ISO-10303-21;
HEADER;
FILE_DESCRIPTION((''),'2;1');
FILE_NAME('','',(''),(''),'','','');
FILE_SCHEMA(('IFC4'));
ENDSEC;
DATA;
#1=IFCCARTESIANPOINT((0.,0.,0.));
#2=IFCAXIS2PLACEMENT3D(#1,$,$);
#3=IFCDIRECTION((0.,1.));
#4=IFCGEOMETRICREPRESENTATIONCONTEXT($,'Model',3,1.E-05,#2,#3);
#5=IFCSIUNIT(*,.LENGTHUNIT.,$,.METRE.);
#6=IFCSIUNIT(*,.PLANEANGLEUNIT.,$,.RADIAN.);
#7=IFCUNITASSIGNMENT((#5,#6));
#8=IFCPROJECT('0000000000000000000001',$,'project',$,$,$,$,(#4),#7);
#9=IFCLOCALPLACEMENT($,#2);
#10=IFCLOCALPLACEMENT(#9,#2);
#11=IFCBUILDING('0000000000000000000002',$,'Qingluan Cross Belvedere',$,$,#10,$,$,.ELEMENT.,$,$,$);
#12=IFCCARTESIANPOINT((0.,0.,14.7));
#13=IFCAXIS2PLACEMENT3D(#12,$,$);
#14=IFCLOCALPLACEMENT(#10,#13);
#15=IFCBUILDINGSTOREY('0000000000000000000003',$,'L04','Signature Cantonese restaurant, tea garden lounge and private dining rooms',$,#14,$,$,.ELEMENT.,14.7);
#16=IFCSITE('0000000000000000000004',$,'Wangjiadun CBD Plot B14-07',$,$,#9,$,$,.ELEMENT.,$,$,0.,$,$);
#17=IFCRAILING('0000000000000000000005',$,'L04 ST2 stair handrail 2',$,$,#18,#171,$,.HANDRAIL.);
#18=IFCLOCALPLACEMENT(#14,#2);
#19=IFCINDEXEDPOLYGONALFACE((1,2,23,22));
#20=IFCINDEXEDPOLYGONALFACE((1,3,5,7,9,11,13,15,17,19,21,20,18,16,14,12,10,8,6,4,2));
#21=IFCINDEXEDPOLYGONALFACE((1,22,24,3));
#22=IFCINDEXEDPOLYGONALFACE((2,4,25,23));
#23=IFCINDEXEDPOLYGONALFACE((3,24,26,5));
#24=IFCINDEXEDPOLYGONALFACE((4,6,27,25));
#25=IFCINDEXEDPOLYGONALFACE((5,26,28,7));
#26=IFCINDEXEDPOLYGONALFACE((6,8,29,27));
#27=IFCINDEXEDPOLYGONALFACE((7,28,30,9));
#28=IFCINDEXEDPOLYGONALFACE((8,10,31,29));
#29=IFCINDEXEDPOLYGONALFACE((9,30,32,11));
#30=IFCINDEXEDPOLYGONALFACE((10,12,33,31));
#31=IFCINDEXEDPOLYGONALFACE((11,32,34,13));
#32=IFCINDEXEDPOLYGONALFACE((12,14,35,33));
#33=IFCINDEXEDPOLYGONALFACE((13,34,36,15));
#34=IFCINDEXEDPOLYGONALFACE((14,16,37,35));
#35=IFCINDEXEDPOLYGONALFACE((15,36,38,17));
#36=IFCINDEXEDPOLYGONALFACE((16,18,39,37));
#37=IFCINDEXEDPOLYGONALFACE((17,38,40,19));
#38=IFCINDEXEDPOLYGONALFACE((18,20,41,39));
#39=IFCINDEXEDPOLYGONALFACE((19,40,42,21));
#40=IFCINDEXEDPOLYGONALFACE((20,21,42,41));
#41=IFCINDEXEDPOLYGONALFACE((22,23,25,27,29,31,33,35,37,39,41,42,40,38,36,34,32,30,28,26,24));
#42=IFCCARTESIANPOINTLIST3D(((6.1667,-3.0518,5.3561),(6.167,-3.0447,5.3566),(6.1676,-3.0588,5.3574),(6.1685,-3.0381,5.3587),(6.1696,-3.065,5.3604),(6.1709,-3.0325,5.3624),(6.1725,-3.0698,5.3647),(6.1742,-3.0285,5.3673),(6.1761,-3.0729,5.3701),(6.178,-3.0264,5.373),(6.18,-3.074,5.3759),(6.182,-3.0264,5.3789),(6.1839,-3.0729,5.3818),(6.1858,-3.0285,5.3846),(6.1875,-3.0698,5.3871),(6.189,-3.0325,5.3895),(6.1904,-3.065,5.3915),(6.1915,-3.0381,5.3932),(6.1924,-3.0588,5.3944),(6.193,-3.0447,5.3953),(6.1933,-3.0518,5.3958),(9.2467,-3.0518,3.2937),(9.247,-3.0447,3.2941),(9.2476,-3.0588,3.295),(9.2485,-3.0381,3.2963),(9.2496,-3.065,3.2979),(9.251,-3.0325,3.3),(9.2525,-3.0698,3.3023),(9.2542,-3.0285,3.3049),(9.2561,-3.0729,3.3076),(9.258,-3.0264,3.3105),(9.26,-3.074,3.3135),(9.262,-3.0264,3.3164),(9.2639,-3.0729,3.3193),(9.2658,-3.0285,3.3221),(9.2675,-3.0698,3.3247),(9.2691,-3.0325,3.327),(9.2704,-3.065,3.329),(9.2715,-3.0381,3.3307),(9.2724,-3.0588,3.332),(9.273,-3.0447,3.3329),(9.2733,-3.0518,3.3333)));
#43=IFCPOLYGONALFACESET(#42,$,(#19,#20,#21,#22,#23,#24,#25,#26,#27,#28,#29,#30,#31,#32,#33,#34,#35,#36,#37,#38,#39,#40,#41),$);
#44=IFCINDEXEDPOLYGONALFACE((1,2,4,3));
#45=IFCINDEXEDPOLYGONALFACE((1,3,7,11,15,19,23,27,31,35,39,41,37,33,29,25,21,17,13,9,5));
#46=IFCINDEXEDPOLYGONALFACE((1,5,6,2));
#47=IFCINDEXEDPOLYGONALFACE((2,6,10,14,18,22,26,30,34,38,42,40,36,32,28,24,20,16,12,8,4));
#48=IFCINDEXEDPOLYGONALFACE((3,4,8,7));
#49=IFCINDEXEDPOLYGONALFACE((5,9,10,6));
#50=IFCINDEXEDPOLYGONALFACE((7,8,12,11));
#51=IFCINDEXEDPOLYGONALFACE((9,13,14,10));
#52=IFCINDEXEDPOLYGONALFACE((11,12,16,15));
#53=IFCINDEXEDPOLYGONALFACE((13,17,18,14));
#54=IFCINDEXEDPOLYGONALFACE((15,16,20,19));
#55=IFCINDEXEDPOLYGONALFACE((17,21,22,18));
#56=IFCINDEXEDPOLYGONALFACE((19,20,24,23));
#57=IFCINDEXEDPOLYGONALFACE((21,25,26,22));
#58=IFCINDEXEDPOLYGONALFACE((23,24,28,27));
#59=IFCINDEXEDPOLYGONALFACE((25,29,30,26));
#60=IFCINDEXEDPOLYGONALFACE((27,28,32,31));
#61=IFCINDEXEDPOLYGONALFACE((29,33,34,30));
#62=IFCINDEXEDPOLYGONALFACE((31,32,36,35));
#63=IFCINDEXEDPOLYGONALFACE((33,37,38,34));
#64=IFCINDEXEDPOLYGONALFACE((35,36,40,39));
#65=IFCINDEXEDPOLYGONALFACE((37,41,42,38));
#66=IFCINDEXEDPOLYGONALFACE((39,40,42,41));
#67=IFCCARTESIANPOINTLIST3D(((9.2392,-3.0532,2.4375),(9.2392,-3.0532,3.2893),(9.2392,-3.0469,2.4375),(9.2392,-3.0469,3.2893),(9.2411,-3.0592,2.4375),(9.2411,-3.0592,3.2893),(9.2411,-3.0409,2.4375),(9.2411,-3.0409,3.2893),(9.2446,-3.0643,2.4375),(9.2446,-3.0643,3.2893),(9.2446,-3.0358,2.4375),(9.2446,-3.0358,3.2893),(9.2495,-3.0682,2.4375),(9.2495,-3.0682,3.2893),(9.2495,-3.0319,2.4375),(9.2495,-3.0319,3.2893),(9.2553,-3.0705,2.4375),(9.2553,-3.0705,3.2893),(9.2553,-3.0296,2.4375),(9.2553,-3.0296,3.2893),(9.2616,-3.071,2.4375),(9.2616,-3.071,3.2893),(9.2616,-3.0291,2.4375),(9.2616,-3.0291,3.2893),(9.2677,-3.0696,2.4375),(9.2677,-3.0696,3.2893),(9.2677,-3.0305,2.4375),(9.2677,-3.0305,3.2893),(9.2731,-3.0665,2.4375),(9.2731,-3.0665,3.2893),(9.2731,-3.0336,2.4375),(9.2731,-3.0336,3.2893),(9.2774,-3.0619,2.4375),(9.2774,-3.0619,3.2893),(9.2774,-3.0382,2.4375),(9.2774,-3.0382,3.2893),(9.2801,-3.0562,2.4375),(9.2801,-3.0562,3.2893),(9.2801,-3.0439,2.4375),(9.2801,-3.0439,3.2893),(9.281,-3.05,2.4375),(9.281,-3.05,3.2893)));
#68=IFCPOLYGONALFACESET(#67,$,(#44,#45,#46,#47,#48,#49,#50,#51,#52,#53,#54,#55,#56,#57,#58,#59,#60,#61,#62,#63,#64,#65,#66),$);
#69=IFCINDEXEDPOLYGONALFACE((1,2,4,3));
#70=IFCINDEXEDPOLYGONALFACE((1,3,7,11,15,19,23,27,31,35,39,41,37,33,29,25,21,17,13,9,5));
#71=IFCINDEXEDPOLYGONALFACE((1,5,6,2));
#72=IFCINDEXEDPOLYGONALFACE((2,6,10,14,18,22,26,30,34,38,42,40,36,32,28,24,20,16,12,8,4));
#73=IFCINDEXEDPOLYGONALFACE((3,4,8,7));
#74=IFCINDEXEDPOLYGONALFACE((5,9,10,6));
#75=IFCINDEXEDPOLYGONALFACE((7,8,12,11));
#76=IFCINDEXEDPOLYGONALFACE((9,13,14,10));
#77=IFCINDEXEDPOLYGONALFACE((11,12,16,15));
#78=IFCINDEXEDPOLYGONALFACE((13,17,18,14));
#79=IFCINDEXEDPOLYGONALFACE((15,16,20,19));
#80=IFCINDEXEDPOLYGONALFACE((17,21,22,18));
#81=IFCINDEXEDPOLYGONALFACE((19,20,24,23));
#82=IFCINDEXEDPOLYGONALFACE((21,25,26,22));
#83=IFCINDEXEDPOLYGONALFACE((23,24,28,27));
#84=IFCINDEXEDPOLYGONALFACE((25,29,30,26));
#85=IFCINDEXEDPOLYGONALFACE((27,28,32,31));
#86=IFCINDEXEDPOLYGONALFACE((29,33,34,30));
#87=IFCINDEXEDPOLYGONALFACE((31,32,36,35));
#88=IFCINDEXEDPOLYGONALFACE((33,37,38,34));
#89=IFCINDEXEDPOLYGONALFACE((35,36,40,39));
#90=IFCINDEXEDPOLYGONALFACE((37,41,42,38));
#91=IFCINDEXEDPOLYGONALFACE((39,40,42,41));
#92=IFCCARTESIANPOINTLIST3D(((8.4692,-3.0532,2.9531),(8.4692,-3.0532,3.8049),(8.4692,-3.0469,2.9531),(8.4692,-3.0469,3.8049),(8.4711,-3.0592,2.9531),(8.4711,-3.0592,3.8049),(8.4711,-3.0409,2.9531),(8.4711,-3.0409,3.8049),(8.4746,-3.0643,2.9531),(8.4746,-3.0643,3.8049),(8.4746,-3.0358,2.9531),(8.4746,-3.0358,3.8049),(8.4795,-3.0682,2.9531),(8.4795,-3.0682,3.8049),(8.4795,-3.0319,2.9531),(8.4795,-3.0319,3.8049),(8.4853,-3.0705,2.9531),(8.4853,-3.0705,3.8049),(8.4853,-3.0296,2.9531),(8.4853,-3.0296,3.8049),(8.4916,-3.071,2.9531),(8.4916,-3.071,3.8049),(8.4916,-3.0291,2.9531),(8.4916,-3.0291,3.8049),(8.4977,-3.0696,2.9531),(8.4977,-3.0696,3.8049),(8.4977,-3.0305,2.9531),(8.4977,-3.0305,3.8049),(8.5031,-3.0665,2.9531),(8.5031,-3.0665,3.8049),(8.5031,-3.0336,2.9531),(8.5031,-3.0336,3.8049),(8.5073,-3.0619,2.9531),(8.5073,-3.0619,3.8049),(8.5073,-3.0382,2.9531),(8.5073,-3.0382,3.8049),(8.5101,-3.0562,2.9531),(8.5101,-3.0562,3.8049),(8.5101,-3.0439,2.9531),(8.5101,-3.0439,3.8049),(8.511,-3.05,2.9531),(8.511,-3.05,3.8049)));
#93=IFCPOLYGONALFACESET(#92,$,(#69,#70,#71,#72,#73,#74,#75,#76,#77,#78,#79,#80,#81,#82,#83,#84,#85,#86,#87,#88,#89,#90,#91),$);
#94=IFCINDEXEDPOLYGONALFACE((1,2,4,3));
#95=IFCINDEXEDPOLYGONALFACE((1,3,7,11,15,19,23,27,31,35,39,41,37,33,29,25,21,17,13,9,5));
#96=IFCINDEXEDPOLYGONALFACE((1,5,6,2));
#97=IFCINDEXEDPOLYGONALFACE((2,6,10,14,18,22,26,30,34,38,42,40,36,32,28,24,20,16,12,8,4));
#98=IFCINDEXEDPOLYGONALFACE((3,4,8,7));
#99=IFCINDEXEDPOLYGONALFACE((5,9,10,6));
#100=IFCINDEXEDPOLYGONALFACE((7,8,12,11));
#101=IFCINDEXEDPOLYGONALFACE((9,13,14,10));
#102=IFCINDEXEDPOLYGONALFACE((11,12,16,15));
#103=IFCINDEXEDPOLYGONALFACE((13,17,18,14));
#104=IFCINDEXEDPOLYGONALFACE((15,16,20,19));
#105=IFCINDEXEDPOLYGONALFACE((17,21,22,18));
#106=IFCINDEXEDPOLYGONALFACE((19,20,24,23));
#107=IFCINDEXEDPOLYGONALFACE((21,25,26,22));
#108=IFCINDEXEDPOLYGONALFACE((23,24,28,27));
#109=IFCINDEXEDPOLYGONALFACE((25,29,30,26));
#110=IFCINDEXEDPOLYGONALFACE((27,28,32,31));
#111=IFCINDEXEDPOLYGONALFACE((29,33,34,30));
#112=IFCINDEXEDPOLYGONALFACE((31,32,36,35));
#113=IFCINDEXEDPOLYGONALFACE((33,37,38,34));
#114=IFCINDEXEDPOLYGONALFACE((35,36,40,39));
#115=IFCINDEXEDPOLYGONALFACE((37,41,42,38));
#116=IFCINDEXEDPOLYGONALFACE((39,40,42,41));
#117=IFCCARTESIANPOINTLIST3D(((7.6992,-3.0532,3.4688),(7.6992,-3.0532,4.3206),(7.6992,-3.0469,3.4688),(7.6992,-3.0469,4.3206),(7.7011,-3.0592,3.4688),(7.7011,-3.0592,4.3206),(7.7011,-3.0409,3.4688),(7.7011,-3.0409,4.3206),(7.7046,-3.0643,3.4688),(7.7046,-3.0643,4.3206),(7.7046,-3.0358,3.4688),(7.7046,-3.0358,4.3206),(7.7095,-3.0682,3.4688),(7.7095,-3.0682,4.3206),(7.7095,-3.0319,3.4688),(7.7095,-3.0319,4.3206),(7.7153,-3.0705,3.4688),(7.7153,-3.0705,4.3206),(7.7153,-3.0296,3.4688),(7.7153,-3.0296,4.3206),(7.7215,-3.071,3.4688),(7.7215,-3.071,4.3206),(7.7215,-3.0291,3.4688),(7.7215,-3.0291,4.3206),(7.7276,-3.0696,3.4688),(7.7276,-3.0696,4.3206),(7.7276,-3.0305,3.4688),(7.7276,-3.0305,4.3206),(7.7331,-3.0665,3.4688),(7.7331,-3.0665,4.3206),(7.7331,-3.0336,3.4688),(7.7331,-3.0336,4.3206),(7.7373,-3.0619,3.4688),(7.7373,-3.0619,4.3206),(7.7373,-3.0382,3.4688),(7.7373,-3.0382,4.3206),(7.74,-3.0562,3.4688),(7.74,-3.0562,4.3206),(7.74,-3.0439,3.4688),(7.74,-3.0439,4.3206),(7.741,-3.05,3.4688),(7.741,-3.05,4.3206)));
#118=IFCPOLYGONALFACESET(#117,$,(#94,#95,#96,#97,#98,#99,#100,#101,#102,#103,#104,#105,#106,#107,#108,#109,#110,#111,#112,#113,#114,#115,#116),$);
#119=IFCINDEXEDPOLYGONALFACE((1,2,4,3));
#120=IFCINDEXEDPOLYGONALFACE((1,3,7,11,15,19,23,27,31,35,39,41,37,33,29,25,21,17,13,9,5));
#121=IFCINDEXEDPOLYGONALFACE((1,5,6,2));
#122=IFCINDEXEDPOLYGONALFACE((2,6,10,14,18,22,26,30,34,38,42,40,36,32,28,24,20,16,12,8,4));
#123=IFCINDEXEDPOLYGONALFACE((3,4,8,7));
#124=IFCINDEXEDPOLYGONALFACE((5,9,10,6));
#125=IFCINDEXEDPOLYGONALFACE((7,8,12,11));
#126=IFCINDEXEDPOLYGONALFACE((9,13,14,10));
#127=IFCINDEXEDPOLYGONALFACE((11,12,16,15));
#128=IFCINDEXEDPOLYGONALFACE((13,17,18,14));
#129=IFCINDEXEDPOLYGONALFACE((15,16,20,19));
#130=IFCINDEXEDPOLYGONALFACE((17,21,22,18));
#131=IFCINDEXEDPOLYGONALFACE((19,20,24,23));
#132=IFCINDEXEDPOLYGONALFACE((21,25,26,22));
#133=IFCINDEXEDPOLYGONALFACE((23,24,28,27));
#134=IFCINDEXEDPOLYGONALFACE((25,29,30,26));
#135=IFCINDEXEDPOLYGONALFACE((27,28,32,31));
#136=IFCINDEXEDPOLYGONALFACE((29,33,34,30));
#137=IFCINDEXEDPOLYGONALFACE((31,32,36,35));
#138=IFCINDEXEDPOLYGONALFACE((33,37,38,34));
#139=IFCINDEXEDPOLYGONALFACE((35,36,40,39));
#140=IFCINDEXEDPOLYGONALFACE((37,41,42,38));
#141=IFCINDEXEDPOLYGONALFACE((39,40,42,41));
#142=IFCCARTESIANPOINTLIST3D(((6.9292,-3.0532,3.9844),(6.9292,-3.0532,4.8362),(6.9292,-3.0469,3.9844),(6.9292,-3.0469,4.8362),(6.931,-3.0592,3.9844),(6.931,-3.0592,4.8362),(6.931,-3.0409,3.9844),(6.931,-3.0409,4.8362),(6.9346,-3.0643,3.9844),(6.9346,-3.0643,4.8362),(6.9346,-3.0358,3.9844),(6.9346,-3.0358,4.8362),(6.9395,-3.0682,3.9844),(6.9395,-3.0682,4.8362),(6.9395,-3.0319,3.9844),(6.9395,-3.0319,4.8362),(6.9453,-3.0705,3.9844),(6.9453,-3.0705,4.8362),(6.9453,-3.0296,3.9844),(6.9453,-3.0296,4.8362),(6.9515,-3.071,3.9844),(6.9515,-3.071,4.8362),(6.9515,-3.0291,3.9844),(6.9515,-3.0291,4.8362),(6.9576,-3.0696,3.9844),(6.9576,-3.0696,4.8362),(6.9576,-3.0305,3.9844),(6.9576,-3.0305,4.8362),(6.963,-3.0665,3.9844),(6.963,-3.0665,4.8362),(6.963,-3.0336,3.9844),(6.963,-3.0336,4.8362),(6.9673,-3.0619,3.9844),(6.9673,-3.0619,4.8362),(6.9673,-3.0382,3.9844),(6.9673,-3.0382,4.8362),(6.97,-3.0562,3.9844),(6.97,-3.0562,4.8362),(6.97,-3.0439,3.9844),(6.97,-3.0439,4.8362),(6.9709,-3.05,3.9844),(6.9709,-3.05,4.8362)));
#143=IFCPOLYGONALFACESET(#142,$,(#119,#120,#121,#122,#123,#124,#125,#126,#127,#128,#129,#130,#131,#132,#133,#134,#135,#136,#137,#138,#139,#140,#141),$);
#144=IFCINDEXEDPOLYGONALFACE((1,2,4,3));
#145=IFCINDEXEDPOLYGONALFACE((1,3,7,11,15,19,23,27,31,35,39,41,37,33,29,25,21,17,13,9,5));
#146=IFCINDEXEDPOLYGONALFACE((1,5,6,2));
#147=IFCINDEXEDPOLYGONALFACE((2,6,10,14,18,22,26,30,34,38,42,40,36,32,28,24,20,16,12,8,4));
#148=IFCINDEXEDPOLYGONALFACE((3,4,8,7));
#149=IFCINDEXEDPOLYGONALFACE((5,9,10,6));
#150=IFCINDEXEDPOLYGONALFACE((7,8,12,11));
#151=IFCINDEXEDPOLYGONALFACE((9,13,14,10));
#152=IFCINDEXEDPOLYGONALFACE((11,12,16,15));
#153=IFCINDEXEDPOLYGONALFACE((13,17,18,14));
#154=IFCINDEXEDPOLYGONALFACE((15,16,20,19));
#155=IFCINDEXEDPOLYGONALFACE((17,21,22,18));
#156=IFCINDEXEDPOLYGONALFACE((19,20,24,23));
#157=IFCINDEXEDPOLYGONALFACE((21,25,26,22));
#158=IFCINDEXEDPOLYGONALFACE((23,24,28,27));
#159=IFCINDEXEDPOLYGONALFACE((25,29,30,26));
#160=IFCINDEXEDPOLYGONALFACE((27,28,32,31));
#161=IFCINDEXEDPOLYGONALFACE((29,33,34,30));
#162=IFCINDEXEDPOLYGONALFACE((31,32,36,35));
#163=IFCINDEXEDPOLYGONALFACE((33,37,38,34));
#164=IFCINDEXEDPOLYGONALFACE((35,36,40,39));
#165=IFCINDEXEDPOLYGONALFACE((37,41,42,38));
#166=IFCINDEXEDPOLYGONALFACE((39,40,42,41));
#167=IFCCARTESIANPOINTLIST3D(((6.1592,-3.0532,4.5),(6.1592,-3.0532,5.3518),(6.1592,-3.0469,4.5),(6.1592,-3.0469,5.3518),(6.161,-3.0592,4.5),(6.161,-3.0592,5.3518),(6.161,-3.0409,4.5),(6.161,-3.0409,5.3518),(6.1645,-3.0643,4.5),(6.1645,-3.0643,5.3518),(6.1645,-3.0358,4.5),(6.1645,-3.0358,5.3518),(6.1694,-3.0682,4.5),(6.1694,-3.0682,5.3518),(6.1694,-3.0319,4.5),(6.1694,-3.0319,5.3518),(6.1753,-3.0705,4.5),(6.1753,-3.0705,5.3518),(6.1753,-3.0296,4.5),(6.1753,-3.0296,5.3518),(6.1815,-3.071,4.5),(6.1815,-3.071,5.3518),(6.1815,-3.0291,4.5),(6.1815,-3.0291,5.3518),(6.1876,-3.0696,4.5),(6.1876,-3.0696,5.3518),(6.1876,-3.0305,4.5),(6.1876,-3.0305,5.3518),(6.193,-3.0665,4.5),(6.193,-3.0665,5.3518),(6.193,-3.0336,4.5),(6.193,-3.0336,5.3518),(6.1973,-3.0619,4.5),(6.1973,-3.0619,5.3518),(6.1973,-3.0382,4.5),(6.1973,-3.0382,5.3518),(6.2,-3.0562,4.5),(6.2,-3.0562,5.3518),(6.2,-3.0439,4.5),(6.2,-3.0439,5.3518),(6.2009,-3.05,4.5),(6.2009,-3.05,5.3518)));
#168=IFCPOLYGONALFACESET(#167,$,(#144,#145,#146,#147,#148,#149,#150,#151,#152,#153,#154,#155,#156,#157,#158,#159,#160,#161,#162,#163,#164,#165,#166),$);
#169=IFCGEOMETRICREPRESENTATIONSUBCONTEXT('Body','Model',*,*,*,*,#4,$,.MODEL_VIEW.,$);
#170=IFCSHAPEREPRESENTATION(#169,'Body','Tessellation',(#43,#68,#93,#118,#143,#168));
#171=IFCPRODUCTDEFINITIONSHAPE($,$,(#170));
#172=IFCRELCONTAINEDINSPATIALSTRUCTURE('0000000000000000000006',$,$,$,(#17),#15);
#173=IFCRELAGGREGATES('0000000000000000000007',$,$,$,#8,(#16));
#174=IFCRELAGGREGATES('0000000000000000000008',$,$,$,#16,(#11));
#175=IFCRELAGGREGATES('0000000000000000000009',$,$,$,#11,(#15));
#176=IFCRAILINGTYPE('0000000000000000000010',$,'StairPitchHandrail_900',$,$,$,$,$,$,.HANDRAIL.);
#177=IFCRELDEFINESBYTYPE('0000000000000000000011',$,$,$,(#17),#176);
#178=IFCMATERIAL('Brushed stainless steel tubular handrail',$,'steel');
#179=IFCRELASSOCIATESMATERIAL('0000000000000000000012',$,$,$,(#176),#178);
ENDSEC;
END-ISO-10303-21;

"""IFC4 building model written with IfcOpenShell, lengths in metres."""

from ifc_helpers import new_model, si_unit, direction, frame, origin, origin_2d, place, context, subcontext, project, spatial, circle, extrude, material, type_object, element, save


model = new_model("IFC4")

# Units and contexts
model_context = context("Model", 3, precision=1e-05, world=origin(), true_north=direction((0.0, 1.0)))
body_context = subcontext(model_context, "Body", "Model", "MODEL_VIEW")
ifc_project = project(units=[si_unit("LENGTHUNIT", "METRE"), si_unit("PLANEANGLEUNIT", "RADIAN")], contexts=[model_context])

# Site, building, storey
site_placement = place(None, origin())
site = spatial("IfcSite", under=ifc_project, at=site_placement, Name="Wangjiadun CBD Plot B14-07", CompositionType="ELEMENT", RefElevation=0.0)
building_placement = place(site_placement, origin())
building = spatial("IfcBuilding", under=site, at=building_placement, Name="Qingluan Cross Belvedere", CompositionType="ELEMENT")
storey_placement = place(building_placement, frame((0.0, 0.0, 14.7)))
storey = spatial("IfcBuildingStorey", under=building, at=storey_placement, Name="L04", Description="Signature Cantonese restaurant, tea garden lounge and private dining rooms", CompositionType="ELEMENT", Elevation=14.7)

# Railing
ifc_material_1 = material(Name="Brushed stainless steel tubular handrail", Category="steel")
railing_type_1 = type_object("IfcRailingType", Name="StairPitchHandrail_900", PredefinedType="HANDRAIL", material=ifc_material_1)
railing_1_placement = place(storey_placement, frame((9.26, -3.05, 2.4375)))
element("IfcRailing", 1, at=railing_1_placement, inside=storey, type_object=railing_type_1, Name="L04 ST2 stair handrail 2", PredefinedType="HANDRAIL", context=body_context, shape_type="SweptSolid", body=[
    extrude(circle(Radius=0.0239, at=origin_2d()), frame((0.0, 0.0, 0.876), z_axis=(-0.830914, 0.0, 0.556401), x_axis=(0.0, -1.0, 0.0)), (0.0, 0.0, 1.0), 3.7068),
    extrude(circle(Radius=0.021, at=origin_2d()), origin(), (0.0, 0.0, 1.0), 0.8518),
    extrude(circle(Radius=0.021, at=origin_2d()), frame((-0.77, 0.0, 0.5156)), (0.0, 0.0, 1.0), 0.8518),
    extrude(circle(Radius=0.021, at=origin_2d()), frame((-1.54, 0.0, 1.0312)), (0.0, 0.0, 1.0), 0.8518),
    extrude(circle(Radius=0.021, at=origin_2d()), frame((-2.3101, 0.0, 1.5469)), (0.0, 0.0, 1.0), 0.8518),
    extrude(circle(Radius=0.021, at=origin_2d()), frame((-3.0801, 0.0, 2.0625)), (0.0, 0.0, 1.0), 0.8518),
])

save(model, "model.ifc")
